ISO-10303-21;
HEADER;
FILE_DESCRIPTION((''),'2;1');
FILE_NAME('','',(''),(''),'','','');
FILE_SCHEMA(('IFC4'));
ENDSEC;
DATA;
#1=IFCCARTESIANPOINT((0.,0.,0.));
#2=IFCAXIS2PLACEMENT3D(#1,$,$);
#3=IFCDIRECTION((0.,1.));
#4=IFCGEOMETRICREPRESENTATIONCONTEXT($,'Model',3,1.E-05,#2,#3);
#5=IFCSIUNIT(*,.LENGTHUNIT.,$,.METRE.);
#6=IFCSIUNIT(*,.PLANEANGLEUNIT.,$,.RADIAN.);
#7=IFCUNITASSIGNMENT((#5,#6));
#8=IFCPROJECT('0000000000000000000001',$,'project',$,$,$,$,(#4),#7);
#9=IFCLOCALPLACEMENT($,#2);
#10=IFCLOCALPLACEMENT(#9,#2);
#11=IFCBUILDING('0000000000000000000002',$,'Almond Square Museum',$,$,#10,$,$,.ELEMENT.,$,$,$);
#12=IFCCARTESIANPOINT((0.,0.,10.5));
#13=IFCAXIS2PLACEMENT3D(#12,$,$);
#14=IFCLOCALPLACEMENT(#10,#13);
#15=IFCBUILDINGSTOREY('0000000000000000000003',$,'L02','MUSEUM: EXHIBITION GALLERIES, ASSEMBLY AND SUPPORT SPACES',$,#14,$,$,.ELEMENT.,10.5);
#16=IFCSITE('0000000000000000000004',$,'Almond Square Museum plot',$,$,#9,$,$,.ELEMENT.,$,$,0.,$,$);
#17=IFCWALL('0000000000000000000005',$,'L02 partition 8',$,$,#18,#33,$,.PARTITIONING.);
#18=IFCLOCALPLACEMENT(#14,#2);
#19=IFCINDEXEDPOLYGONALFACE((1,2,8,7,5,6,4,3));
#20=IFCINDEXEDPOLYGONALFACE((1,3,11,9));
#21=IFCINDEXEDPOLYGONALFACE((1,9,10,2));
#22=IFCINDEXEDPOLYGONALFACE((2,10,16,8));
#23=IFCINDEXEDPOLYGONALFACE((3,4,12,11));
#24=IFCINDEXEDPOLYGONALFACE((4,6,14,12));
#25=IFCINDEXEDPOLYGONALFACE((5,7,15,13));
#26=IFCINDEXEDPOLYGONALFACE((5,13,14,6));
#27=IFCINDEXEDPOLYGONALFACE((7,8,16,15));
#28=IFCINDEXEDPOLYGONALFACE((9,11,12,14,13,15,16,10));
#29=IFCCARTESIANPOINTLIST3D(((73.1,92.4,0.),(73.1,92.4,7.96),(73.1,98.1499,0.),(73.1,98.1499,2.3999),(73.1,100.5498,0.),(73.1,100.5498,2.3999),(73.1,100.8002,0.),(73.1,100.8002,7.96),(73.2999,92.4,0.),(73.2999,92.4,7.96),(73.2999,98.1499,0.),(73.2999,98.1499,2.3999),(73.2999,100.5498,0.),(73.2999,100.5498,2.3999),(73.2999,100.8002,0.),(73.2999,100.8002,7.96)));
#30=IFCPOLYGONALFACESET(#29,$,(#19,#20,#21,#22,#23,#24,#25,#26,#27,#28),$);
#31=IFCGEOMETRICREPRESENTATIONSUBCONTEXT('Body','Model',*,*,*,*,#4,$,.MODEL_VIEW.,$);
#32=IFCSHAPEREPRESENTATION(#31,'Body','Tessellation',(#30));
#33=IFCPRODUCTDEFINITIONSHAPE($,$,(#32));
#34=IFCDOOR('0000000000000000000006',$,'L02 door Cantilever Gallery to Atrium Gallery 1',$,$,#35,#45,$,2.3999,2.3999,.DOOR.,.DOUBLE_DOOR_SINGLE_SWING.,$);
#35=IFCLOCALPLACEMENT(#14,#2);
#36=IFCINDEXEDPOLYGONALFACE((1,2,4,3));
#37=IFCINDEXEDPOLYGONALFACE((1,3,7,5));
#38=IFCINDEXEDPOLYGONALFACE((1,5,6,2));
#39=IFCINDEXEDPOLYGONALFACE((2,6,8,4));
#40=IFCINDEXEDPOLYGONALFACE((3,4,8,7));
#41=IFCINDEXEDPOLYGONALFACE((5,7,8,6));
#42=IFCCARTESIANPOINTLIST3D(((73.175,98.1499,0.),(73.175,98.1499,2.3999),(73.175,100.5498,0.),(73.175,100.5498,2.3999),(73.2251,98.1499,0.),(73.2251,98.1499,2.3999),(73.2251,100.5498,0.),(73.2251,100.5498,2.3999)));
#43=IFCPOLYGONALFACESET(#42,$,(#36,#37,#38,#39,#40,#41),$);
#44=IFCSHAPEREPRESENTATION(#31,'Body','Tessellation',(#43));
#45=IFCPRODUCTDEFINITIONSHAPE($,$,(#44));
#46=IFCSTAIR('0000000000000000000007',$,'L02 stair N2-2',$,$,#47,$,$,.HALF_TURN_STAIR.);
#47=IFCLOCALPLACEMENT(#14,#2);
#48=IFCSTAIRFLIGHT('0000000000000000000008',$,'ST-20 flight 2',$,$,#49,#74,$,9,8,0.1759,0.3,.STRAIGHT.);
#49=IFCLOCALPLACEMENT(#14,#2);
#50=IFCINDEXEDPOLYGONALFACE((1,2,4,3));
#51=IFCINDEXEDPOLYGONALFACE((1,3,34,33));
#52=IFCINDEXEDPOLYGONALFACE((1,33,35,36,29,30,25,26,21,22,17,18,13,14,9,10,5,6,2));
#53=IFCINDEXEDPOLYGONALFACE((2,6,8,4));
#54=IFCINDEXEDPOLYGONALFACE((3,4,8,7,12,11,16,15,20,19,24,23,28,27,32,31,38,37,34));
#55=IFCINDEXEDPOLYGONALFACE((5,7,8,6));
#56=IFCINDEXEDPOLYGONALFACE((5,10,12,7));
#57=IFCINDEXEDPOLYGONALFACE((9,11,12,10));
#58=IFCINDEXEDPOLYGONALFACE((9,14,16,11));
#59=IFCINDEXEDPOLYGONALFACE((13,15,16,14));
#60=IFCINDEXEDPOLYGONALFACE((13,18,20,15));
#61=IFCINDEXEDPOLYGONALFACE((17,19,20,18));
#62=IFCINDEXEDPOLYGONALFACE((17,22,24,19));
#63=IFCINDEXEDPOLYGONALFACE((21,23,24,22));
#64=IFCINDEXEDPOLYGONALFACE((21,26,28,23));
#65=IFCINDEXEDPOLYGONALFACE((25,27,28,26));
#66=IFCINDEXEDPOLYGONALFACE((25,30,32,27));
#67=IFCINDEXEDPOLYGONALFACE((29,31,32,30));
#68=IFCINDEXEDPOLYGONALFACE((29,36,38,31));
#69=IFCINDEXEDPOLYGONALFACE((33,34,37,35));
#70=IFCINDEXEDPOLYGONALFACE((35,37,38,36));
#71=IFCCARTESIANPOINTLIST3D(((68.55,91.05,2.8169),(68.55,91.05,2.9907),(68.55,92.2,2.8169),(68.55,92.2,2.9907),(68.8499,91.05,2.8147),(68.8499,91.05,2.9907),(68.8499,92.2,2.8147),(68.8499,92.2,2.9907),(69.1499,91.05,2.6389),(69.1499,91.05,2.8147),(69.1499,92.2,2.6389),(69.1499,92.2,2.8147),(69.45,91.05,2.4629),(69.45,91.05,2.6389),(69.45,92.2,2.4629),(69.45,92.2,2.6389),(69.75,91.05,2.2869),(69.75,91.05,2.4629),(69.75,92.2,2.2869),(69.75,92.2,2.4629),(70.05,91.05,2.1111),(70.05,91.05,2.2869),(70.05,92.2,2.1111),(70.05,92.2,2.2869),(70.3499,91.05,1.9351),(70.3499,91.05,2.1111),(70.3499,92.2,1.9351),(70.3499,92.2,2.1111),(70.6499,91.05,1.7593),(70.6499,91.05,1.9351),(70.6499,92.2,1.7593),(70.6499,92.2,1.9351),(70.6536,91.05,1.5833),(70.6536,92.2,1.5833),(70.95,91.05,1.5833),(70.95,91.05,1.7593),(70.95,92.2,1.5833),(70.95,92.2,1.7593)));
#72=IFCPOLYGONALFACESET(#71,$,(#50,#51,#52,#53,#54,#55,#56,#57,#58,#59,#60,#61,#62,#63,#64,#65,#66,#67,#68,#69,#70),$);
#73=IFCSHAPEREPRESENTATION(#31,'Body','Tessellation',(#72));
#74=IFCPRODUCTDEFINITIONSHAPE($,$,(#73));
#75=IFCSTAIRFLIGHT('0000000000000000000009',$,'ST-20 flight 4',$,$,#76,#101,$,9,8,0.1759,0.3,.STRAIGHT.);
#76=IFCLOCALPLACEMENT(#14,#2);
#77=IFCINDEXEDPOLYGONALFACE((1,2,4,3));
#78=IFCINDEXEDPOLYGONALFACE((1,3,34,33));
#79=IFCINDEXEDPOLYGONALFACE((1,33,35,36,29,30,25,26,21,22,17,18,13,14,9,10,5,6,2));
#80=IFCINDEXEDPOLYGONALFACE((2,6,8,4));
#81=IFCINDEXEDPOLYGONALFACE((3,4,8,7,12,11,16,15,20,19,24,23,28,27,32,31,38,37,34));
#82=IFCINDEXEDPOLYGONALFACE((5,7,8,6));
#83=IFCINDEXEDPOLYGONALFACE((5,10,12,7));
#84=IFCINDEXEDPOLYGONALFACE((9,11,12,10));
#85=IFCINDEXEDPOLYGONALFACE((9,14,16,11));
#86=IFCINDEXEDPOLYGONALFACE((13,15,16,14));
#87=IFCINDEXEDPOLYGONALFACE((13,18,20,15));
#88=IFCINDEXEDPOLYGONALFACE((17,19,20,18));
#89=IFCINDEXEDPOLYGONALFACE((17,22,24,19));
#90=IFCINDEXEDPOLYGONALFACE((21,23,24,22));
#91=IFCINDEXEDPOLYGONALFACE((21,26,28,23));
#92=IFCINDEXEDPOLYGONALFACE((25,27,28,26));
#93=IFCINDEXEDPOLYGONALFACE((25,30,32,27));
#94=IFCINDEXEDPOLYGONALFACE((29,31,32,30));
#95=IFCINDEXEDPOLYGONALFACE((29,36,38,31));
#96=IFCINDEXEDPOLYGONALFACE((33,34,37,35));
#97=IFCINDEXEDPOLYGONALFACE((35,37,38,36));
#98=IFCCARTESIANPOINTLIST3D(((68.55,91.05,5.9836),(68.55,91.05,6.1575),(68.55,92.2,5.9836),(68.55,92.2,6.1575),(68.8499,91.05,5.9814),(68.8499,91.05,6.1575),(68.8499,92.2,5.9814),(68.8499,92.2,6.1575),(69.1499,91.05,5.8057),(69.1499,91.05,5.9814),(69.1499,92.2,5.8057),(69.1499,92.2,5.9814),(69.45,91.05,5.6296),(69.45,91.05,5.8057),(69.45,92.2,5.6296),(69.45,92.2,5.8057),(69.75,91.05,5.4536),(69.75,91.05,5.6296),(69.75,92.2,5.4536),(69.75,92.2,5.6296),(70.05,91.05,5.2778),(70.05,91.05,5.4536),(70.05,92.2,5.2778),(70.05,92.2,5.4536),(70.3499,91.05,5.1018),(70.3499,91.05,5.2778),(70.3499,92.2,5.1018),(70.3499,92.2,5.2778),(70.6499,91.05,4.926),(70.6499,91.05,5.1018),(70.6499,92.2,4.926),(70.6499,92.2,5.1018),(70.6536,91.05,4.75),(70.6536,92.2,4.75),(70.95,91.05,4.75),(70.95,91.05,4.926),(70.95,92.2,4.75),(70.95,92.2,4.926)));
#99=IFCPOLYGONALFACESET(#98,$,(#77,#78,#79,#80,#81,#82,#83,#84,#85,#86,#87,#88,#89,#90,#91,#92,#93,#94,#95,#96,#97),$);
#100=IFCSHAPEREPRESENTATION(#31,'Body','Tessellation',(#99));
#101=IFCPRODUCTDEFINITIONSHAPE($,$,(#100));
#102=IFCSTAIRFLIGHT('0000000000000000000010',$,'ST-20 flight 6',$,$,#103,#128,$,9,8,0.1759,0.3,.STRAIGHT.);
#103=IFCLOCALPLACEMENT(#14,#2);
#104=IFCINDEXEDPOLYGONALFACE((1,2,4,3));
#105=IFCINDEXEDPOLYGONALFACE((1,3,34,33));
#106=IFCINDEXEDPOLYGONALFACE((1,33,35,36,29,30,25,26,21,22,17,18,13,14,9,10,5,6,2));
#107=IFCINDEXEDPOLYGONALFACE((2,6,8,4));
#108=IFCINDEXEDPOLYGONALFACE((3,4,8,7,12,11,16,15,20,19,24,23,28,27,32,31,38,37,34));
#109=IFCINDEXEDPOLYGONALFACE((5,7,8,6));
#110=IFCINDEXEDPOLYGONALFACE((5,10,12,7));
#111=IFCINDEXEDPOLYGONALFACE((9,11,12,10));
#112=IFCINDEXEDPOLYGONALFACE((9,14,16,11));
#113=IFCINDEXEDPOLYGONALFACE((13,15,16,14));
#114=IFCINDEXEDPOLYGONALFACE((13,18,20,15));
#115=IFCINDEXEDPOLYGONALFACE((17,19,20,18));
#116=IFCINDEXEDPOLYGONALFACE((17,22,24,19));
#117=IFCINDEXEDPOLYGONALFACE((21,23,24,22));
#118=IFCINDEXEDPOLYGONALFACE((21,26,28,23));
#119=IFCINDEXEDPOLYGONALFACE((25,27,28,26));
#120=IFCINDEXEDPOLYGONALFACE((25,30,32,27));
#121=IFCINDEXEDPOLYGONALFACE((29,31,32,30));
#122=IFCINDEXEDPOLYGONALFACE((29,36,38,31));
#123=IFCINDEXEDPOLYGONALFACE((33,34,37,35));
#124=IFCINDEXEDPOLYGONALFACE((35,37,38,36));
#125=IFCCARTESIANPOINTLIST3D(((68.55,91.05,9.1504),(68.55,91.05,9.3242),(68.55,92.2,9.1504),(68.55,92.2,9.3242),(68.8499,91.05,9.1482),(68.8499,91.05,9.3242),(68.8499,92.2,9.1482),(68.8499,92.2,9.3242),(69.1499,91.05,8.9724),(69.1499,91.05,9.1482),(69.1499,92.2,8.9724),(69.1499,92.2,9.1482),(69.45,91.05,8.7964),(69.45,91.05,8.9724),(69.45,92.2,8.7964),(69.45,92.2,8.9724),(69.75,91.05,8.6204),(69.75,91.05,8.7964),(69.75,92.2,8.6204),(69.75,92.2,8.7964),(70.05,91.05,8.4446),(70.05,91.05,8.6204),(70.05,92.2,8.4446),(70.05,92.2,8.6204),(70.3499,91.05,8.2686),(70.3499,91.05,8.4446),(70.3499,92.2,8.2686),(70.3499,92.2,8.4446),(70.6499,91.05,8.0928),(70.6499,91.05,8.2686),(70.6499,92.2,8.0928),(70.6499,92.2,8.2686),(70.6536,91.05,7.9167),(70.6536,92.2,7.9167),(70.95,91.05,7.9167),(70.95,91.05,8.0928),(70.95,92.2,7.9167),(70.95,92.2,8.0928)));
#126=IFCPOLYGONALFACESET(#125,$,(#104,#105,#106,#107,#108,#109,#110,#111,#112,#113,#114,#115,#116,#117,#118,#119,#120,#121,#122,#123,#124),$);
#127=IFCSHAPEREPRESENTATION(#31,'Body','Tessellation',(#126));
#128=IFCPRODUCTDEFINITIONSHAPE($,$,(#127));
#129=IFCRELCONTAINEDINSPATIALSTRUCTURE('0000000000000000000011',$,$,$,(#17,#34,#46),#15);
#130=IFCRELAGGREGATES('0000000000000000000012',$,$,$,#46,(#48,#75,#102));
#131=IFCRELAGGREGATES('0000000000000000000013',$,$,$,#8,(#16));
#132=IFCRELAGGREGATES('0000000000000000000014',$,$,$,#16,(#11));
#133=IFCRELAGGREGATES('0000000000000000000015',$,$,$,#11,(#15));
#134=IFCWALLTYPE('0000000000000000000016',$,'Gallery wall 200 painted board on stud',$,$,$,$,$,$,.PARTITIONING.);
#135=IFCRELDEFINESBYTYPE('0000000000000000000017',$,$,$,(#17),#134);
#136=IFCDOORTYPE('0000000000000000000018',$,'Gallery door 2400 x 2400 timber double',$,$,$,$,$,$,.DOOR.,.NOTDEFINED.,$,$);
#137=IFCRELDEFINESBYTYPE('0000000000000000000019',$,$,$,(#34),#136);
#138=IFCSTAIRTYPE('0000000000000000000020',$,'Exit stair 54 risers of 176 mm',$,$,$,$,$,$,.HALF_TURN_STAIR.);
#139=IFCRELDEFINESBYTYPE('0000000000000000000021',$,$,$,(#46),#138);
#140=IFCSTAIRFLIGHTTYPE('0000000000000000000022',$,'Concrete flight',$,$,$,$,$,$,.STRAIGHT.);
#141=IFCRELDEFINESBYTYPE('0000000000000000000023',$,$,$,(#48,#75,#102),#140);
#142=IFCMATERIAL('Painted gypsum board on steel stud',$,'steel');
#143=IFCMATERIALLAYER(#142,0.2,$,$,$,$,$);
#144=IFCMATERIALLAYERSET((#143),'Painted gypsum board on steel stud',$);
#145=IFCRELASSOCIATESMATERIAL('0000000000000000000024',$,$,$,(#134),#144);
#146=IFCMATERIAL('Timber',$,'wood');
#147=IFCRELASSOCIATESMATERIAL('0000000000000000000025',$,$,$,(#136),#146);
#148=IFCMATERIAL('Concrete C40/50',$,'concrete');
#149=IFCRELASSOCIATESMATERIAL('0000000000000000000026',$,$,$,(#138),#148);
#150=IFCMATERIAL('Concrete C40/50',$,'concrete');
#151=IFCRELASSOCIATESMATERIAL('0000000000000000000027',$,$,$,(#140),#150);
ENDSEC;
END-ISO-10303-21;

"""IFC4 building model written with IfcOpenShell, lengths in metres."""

from ifc_helpers import new_model, si_unit, direction, frame, frame_2d, origin, place, context, subcontext, project, spatial, polyline, rectangle, outline, extrude, material, layer, layer_set, type_object, element, fill, aggregate, save


model = new_model("IFC4")

# Units and contexts
model_context = context("Model", 3, precision=1e-05, world=origin(), true_north=direction((0.0, 1.0)))
body_context = subcontext(model_context, "Body", "Model", "MODEL_VIEW")
ifc_project = project(units=[si_unit("LENGTHUNIT", "METRE"), si_unit("PLANEANGLEUNIT", "RADIAN")], contexts=[model_context])

# Site, building, storey
site_placement = place(None, origin())
site = spatial("IfcSite", under=ifc_project, at=site_placement, Name="Almond Square Museum plot", CompositionType="ELEMENT", RefElevation=0.0)
building_placement = place(site_placement, origin())
building = spatial("IfcBuilding", under=site, at=building_placement, Name="Almond Square Museum", CompositionType="ELEMENT")
storey_placement = place(building_placement, frame((0.0, 0.0, 10.5)))
storey = spatial("IfcBuildingStorey", under=building, at=storey_placement, Name="L02", Description="MUSEUM: EXHIBITION GALLERIES, ASSEMBLY AND SUPPORT SPACES", CompositionType="ELEMENT", Elevation=10.5)

# Wall, opening, door
ifc_material_1 = material(Name="Painted gypsum board on steel stud", Category="steel")
ifc_layer = layer(ifc_material_1, 0.2)
ifc_layer_set = layer_set([ifc_layer], Name="Painted gypsum board on steel stud")
wall_type = type_object("IfcWallType", Name="Gallery wall 200 painted board on stud", PredefinedType="PARTITIONING", material=ifc_layer_set)
wall_placement = place(storey_placement, frame((73.2, 92.3999, 0.0), z_axis=(0.0, 0.0, 1.0), x_axis=(0.0, 1.0, 0.0)))
wall = element("IfcWall", 1, at=wall_placement, inside=storey, type_object=wall_type, Name="L02 partition 8", PredefinedType="PARTITIONING", context=body_context, shape_type="SweptSolid", body=[
    extrude(rectangle(XDim=8.4001, YDim=0.2, at=frame_2d((4.2002, 0.0))), origin(), (0.0, 0.0, 1.0), 7.96),
])
opening_placement = place(wall_placement, frame((5.75, 0.0, 0.0)))
opening = element("IfcOpeningElement", 2, at=opening_placement, cuts=wall, PredefinedType="OPENING", context=body_context, shape_type="SweptSolid", body=[
    extrude(rectangle(XDim=2.3999, YDim=2.3999, at=frame_2d((1.2, 1.2))), frame((0.0, 0.1099, 0.0), z_axis=(0.0, -1.0, 0.0), x_axis=(1.0, 0.0, 0.0)), (0.0, 0.0, 1.0), 0.22),
])
ifc_material_2 = material(Name="Timber", Category="wood")
door_type = type_object("IfcDoorType", Name="Gallery door 2400 x 2400 timber double", OperationType="NOTDEFINED", PredefinedType="DOOR", material=ifc_material_2)
door_placement = place(opening_placement, origin())
door = element("IfcDoor", 3, at=door_placement, inside=storey, type_object=door_type, Name="L02 door Cantilever Gallery to Atrium Gallery 1", OperationType="DOUBLE_DOOR_SINGLE_SWING", OverallHeight=2.3999, OverallWidth=2.3999, PredefinedType="DOOR", context=body_context, shape_type="SweptSolid", body=[
    extrude(rectangle(XDim=2.3999, YDim=2.3999, at=frame_2d((1.2, 1.2))), frame((0.0, 0.0249, 0.0), z_axis=(0.0, -1.0, 0.0), x_axis=(1.0, 0.0, 0.0)), (0.0, 0.0, 1.0), 0.05),
])
fill(opening, door)

# Stair, stair flights
ifc_material_3 = material(Name="Concrete C40/50", Category="concrete")
stair_type = type_object("IfcStairType", Name="Exit stair 54 risers of 176 mm", PredefinedType="HALF_TURN_STAIR", material=ifc_material_3)
stair_placement = place(storey_placement, origin())
stair = element("IfcStair", 4, at=stair_placement, inside=storey, type_object=stair_type, Name="L02 stair N2-2", PredefinedType="HALF_TURN_STAIR")
ifc_material_4 = material(Name="Concrete C40/50", Category="concrete")
stair_flight_type = type_object("IfcStairFlightType", Name="Concrete flight", PredefinedType="STRAIGHT", material=ifc_material_4)
stair_flight_1_placement = place(storey_placement, frame((70.95, 91.625, 1.5833), z_axis=(0.0, 0.0, 1.0), x_axis=(-1.0, 0.0, 0.0)))
stair_flight_1 = element("IfcStairFlight", 5, at=stair_flight_1_placement, type_object=stair_flight_type, Name="ST-20 flight 2", NumberOfRisers=9, NumberOfTreads=8, PredefinedType="STRAIGHT", RiserHeight=0.1759, TreadLength=0.3, context=body_context, shape_type="SweptSolid", body=[
    extrude(outline(polyline([(0.0, 0.0), (0.0, 0.176), (0.3, 0.176), (0.3, 0.3518), (0.6001, 0.3518), (0.6001, 0.5278), (0.8999, 0.5278), (0.8999, 0.7036), (1.2, 0.7036), (1.2, 0.8796), (1.5, 0.8796), (1.5, 1.0557), (1.8, 1.0557), (1.8, 1.2314), (2.1001, 1.2314), (2.1001, 1.4075), (2.3999, 1.4075), (2.3999, 1.5833), (2.3999, 1.2336), (0.2964, 0.0), (0.0, 0.0)])), frame((0.0, 0.575, 0.0), z_axis=(0.0, -1.0, 0.0), x_axis=(1.0, 0.0, 0.0)), (0.0, 0.0, 1.0), 1.1499),
])
stair_flight_2_placement = place(storey_placement, frame((70.95, 91.625, 4.75), z_axis=(0.0, 0.0, 1.0), x_axis=(-1.0, 0.0, 0.0)))
stair_flight_2 = element("IfcStairFlight", 6, at=stair_flight_2_placement, type_object=stair_flight_type, Name="ST-20 flight 4", NumberOfRisers=9, NumberOfTreads=8, PredefinedType="STRAIGHT", RiserHeight=0.1759, TreadLength=0.3, context=body_context, shape_type="SweptSolid", body=[
    extrude(outline(polyline([(0.0, 0.0), (0.0, 0.176), (0.3, 0.176), (0.3, 0.3518), (0.6001, 0.3518), (0.6001, 0.5278), (0.8999, 0.5278), (0.8999, 0.7036), (1.2, 0.7036), (1.2, 0.8796), (1.5, 0.8796), (1.5, 1.0557), (1.8, 1.0557), (1.8, 1.2314), (2.1001, 1.2314), (2.1001, 1.4075), (2.3999, 1.4075), (2.3999, 1.5833), (2.3999, 1.2336), (0.2964, 0.0), (0.0, 0.0)])), frame((0.0, 0.575, 0.0), z_axis=(0.0, -1.0, 0.0), x_axis=(1.0, 0.0, 0.0)), (0.0, 0.0, 1.0), 1.1499),
])
stair_flight_3_placement = place(storey_placement, frame((70.95, 91.625, 7.9167), z_axis=(0.0, 0.0, 1.0), x_axis=(-1.0, 0.0, 0.0)))
stair_flight_3 = element("IfcStairFlight", 7, at=stair_flight_3_placement, type_object=stair_flight_type, Name="ST-20 flight 6", NumberOfRisers=9, NumberOfTreads=8, PredefinedType="STRAIGHT", RiserHeight=0.1759, TreadLength=0.3, context=body_context, shape_type="SweptSolid", body=[
    extrude(outline(polyline([(0.0, 0.0), (0.0, 0.176), (0.3, 0.176), (0.3, 0.3518), (0.6001, 0.3518), (0.6001, 0.5278), (0.8999, 0.5278), (0.8999, 0.7036), (1.2, 0.7036), (1.2, 0.8796), (1.5, 0.8796), (1.5, 1.0557), (1.8, 1.0557), (1.8, 1.2314), (2.1001, 1.2314), (2.1001, 1.4075), (2.3999, 1.4075), (2.3999, 1.5833), (2.3999, 1.2336), (0.2964, 0.0), (0.0, 0.0)])), frame((0.0, 0.575, 0.0), z_axis=(0.0, -1.0, 0.0), x_axis=(1.0, 0.0, 0.0)), (0.0, 0.0, 1.0), 1.1499),
])
aggregate(stair, [stair_flight_1, stair_flight_2, stair_flight_3])

save(model, "model.ifc")
